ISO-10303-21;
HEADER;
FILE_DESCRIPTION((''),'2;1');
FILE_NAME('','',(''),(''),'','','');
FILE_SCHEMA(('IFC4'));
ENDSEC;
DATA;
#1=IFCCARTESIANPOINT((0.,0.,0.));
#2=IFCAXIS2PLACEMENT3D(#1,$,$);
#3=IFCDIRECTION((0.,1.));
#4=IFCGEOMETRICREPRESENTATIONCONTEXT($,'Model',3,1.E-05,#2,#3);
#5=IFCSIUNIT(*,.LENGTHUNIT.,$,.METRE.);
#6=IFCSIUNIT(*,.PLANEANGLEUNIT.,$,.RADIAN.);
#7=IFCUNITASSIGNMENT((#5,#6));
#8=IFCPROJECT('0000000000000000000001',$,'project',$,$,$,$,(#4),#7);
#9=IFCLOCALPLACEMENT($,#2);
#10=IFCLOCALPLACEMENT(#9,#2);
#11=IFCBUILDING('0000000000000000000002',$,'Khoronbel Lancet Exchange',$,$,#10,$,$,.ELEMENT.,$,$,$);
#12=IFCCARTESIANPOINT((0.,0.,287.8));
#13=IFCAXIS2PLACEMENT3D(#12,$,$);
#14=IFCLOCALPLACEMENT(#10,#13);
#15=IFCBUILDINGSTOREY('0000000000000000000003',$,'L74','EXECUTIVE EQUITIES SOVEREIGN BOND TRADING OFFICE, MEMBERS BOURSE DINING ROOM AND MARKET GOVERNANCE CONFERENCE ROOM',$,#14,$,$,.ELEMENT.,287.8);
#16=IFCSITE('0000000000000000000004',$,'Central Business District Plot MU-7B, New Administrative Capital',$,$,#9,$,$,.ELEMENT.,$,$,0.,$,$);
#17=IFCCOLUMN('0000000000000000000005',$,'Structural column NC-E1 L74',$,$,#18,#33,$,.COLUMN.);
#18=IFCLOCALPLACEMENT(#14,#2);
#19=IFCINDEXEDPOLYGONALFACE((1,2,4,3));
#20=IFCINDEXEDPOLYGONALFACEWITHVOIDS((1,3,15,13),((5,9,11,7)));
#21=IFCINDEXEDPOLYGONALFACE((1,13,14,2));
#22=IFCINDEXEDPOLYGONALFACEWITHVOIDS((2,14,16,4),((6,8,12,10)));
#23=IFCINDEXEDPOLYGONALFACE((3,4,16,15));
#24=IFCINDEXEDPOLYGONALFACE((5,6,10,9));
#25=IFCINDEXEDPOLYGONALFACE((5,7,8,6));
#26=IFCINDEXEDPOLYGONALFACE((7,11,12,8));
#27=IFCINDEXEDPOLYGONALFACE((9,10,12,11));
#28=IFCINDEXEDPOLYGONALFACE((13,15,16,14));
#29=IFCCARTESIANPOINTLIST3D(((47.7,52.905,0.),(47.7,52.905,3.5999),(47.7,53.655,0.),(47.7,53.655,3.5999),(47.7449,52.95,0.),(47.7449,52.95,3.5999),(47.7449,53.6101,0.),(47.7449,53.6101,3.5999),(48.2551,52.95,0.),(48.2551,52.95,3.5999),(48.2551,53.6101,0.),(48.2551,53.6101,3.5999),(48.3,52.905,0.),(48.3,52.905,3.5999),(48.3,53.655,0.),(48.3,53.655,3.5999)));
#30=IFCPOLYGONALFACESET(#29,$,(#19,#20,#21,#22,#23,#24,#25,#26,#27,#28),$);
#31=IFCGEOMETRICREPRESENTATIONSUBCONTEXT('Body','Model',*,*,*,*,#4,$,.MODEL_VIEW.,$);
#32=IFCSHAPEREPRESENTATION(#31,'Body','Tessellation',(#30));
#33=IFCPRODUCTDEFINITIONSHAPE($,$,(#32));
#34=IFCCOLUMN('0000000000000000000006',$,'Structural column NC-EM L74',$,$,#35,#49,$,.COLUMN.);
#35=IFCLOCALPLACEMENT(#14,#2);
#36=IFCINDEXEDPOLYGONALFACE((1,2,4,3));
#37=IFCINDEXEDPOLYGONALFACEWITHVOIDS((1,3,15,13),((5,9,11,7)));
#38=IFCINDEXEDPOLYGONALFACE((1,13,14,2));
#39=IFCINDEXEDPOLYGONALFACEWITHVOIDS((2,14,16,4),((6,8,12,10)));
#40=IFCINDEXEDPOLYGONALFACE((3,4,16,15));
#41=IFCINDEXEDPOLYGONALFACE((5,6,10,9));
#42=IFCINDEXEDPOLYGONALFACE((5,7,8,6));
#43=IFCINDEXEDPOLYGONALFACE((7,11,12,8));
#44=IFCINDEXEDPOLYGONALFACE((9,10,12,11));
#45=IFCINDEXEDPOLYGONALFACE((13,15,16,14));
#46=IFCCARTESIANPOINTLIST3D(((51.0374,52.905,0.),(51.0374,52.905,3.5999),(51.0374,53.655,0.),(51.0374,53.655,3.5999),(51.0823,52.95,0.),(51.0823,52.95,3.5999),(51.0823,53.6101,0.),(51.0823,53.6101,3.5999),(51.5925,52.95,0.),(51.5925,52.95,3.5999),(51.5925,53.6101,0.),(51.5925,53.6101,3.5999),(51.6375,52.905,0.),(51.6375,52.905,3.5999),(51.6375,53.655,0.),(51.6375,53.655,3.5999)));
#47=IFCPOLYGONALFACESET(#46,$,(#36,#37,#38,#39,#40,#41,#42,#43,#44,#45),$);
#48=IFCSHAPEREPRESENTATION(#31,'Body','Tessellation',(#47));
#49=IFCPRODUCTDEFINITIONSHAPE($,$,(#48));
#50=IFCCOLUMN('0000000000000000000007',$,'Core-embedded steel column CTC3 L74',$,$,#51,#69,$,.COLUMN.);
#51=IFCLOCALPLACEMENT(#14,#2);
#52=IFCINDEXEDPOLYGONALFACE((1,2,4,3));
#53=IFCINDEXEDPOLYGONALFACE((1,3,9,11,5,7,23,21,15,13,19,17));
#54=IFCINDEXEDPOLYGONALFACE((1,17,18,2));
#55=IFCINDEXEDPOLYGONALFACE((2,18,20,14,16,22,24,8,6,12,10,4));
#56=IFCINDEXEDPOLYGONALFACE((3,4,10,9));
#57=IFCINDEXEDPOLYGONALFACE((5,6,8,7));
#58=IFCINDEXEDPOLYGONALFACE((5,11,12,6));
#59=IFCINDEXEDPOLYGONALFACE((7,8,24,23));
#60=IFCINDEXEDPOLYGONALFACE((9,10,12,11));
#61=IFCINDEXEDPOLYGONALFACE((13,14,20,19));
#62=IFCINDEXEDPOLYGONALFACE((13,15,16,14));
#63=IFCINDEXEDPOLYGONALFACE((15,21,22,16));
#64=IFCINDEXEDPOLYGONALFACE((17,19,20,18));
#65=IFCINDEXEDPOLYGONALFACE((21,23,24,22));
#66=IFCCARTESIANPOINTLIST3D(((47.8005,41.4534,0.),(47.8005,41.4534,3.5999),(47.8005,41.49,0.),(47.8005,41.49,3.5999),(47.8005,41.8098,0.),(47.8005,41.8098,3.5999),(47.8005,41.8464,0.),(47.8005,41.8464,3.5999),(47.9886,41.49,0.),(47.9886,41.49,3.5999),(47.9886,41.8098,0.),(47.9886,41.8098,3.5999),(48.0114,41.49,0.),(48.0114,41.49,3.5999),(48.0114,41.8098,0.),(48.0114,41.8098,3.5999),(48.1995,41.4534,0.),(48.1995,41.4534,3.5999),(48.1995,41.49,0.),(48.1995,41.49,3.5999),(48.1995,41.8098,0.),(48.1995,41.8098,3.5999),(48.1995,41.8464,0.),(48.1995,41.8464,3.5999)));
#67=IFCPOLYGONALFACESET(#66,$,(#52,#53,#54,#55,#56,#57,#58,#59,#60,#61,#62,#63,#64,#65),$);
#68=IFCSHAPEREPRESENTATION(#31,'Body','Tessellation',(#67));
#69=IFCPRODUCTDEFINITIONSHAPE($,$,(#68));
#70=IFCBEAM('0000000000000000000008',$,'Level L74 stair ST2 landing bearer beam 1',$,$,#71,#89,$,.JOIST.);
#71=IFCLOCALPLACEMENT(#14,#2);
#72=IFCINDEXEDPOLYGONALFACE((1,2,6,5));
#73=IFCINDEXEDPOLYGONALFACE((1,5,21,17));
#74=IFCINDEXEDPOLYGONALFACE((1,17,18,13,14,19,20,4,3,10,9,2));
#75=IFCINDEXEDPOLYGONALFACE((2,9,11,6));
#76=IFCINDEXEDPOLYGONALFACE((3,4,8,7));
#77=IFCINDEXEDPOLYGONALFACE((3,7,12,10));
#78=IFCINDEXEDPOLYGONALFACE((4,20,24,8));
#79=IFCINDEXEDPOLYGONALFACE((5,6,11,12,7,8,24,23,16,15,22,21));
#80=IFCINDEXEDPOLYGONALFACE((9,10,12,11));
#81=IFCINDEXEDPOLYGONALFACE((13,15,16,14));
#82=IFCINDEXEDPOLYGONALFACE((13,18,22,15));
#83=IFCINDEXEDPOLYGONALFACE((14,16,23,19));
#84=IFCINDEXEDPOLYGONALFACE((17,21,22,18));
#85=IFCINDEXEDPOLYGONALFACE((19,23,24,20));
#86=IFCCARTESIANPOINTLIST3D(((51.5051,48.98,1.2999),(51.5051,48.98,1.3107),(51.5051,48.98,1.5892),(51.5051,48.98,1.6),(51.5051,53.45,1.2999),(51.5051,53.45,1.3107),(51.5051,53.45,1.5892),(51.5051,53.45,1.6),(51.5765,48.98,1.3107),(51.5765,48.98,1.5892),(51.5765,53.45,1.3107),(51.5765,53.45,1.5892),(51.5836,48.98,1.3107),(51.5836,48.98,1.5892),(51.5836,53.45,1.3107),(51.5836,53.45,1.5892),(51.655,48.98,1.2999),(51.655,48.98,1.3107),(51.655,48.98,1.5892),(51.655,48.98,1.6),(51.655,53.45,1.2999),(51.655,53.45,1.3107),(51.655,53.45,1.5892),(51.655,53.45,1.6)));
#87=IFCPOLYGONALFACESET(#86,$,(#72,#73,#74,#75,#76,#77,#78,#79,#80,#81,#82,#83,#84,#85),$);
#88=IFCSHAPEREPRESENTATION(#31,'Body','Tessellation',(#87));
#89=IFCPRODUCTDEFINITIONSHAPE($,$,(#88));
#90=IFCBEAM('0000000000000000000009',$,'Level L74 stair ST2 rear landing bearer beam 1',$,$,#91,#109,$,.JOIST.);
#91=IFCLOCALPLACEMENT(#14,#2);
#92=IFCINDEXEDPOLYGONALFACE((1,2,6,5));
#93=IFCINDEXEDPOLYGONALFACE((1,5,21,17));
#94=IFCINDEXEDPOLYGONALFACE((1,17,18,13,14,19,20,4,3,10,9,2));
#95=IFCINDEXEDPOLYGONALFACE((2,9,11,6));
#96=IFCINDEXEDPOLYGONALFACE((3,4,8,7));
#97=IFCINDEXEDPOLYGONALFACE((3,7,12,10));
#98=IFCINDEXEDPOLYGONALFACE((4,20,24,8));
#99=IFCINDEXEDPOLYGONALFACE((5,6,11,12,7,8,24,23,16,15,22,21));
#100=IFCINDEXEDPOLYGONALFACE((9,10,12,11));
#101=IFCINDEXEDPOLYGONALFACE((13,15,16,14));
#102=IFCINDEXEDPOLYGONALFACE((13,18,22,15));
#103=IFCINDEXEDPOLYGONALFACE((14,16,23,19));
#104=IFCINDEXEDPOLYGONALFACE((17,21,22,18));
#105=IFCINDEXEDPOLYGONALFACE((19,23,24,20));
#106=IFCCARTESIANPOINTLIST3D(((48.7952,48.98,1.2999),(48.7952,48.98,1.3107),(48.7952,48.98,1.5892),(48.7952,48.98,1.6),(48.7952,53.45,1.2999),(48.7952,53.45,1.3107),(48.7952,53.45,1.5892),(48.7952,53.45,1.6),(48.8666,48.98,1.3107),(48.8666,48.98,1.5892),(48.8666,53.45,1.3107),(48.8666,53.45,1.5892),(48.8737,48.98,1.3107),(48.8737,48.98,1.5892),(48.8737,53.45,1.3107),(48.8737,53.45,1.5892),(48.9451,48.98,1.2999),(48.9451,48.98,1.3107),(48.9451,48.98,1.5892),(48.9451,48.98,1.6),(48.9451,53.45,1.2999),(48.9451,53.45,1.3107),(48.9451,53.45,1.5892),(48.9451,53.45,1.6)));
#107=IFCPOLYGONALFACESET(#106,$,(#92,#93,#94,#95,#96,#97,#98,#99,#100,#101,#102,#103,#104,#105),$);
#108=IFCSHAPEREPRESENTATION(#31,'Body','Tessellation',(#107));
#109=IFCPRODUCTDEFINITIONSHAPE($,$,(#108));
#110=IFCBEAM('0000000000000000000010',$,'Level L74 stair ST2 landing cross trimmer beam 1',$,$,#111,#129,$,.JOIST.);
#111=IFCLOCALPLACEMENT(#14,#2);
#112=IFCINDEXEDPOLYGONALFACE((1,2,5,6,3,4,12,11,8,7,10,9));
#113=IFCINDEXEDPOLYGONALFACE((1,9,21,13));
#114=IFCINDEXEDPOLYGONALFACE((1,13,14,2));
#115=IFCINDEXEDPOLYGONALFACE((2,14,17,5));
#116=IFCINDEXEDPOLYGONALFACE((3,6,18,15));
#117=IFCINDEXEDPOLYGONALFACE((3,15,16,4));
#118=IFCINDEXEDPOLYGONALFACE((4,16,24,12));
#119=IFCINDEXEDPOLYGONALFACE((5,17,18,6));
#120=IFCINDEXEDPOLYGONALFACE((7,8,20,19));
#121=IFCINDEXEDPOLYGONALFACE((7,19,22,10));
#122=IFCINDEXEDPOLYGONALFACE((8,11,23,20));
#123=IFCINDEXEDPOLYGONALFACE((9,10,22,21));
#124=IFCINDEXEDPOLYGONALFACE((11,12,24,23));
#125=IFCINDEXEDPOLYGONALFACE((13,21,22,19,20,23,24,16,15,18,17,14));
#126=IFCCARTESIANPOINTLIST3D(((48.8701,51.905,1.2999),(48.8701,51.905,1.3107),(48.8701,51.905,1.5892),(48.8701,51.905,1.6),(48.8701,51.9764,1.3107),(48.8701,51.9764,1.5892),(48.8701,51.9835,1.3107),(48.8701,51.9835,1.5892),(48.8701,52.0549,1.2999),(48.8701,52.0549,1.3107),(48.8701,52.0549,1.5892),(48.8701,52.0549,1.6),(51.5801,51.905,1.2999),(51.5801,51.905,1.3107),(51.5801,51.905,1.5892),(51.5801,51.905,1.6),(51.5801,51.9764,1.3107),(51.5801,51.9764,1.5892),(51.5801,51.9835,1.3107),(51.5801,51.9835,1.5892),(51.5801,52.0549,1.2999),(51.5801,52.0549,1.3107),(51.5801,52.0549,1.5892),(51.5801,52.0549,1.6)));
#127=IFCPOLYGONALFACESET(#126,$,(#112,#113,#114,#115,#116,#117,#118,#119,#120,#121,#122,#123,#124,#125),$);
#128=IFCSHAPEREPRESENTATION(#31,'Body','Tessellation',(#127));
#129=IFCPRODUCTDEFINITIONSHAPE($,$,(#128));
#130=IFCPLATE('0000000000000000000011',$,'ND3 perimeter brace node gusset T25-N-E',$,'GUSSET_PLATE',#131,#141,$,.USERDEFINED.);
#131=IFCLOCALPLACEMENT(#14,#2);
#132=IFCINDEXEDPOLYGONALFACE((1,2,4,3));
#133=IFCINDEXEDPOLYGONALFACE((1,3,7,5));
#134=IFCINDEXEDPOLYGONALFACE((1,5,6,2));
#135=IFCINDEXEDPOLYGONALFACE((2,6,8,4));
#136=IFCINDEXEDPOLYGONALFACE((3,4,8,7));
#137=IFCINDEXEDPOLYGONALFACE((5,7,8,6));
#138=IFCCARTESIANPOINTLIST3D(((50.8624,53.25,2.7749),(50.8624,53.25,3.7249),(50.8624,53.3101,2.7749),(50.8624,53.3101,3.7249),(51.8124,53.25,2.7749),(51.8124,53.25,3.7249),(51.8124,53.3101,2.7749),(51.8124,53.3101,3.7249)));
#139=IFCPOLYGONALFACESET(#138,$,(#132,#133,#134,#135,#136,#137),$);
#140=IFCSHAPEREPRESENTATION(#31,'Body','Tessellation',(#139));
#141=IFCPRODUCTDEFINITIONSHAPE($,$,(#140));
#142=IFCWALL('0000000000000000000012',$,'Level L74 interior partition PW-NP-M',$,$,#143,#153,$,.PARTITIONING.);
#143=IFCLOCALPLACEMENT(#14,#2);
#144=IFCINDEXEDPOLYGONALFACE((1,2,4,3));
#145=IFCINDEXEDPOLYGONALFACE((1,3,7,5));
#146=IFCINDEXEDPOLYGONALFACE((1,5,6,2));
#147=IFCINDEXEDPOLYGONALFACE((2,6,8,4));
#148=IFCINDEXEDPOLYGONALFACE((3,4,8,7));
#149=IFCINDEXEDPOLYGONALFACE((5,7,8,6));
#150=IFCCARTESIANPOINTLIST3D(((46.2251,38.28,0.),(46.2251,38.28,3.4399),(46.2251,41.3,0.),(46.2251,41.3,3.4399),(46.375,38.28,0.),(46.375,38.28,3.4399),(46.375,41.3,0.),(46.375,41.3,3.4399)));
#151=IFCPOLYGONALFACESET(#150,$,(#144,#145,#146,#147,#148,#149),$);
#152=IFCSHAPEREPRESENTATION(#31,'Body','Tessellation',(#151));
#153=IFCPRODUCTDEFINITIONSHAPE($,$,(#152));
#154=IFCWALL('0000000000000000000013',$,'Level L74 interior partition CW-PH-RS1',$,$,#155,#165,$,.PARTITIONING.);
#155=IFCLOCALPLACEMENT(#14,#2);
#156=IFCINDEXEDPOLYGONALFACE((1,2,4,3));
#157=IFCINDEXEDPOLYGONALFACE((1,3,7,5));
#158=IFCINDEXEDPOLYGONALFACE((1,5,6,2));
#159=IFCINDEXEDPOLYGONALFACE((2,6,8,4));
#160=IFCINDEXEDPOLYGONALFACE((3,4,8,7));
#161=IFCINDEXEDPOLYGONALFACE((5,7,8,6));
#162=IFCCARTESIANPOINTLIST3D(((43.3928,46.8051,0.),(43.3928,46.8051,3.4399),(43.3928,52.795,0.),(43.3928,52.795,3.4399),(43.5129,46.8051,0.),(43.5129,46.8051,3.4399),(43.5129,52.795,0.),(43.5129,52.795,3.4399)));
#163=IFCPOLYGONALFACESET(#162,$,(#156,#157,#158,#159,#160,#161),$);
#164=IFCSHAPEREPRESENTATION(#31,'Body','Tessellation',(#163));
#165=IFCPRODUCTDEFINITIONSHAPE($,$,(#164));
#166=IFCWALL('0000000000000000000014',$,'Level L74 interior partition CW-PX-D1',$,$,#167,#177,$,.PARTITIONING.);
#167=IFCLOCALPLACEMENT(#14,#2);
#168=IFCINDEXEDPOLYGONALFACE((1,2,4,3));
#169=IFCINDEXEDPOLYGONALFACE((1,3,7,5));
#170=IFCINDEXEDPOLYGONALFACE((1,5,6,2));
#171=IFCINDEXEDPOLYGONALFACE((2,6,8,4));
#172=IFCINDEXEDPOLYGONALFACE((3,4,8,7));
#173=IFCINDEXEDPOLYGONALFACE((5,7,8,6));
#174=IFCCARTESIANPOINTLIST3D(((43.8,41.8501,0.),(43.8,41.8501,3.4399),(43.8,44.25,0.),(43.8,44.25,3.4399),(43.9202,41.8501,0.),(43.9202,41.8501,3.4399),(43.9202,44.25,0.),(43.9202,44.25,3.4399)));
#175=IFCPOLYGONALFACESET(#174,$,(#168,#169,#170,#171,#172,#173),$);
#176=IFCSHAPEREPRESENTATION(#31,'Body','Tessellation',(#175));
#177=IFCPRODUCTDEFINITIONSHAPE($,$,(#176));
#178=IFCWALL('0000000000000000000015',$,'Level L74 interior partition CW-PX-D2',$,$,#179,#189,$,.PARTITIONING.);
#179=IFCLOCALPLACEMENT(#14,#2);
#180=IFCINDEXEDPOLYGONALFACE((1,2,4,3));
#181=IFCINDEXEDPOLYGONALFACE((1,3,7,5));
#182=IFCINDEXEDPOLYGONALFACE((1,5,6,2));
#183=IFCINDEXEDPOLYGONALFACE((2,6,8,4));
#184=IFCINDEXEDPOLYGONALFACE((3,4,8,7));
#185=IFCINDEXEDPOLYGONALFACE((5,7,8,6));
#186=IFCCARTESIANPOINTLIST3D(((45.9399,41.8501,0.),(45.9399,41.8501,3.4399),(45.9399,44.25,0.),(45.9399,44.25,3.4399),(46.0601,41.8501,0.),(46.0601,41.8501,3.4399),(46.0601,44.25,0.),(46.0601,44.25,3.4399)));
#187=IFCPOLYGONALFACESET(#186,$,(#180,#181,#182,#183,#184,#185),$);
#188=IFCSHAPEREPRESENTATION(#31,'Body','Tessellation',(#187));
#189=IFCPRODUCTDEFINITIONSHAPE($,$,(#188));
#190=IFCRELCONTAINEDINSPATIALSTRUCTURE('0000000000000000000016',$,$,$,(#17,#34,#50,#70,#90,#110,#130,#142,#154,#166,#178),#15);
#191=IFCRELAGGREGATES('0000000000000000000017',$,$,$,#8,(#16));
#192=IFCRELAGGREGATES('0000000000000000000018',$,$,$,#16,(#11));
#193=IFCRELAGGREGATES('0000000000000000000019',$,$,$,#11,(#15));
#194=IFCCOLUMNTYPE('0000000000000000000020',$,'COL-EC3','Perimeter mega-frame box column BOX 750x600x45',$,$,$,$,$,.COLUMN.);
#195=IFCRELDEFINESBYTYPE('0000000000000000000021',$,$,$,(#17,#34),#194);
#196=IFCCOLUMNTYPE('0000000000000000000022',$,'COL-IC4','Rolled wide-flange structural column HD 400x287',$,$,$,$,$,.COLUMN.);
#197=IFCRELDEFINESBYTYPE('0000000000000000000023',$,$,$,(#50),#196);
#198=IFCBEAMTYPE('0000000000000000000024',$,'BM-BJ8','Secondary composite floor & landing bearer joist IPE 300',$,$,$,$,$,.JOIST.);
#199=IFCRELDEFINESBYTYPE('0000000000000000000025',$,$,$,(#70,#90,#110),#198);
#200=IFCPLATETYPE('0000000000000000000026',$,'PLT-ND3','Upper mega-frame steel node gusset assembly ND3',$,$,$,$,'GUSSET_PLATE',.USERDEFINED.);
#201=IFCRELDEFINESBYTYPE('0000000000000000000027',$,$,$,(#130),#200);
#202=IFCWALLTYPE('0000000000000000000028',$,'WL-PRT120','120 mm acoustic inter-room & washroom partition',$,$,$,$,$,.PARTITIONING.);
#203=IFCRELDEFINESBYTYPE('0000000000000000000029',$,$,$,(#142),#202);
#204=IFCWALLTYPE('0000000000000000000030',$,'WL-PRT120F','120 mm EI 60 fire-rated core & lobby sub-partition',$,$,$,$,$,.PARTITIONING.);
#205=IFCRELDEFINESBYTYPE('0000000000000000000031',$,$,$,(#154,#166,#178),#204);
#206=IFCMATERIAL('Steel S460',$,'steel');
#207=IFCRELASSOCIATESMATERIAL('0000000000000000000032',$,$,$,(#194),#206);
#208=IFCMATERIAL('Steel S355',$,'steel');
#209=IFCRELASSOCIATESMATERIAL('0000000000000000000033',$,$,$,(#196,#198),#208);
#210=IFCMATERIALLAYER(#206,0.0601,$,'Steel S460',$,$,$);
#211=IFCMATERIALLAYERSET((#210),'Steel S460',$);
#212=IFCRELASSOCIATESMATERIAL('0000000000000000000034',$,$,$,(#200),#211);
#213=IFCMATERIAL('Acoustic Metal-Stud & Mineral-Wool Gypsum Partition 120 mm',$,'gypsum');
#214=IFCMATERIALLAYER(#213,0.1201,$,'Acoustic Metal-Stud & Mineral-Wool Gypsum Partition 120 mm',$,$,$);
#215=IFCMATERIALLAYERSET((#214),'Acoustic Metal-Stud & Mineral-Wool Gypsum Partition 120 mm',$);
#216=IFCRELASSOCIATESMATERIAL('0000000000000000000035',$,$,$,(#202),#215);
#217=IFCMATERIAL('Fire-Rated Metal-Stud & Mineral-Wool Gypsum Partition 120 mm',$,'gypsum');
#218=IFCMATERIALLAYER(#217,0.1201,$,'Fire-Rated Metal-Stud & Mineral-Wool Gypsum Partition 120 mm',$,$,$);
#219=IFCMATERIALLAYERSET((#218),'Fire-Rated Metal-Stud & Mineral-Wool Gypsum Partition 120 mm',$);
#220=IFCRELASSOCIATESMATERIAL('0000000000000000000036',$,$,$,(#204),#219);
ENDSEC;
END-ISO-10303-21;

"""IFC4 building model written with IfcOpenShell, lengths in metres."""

from ifc_helpers import new_model, si_unit, direction, frame, frame_2d, origin, origin_2d, place, context, subcontext, project, spatial, rectangle, hollow_rectangle, i_section, extrude, material, layer, layer_set, material_profile, profile_set, type_object, element, save


model = new_model("IFC4")

# Units and contexts
model_context = context("Model", 3, precision=1e-05, world=origin(), true_north=direction((0.0, 1.0)))
body_context = subcontext(model_context, "Body", "Model", "MODEL_VIEW")
ifc_project = project(units=[si_unit("LENGTHUNIT", "METRE"), si_unit("PLANEANGLEUNIT", "RADIAN")], contexts=[model_context])

# Site, building, storey
site_placement = place(None, origin())
site = spatial("IfcSite", under=ifc_project, at=site_placement, Name="Central Business District Plot MU-7B, New Administrative Capital", CompositionType="ELEMENT", RefElevation=0.0)
building_placement = place(site_placement, origin())
building = spatial("IfcBuilding", under=site, at=building_placement, Name="Khoronbel Lancet Exchange", CompositionType="ELEMENT")
storey_placement = place(building_placement, frame((0.0, 0.0, 287.8)))
storey = spatial("IfcBuildingStorey", under=building, at=storey_placement, Name="L74", Description="EXECUTIVE EQUITIES SOVEREIGN BOND TRADING OFFICE, MEMBERS BOURSE DINING ROOM AND MARKET GOVERNANCE CONFERENCE ROOM", CompositionType="ELEMENT", Elevation=287.8)

# Columns
ifc_material_1 = material(Name="Steel S460", Category="steel")
ifc_material_profile_1 = material_profile(ifc_material_1, hollow_rectangle(XDim=0.6001, YDim=0.75, WallThickness=0.0449, at=origin_2d()), Name="BOX 750x600x45")
ifc_profile_set_1 = profile_set([ifc_material_profile_1], Name="Steel S460")
column_type_1 = type_object("IfcColumnType", Name="COL-EC3", Description="Perimeter mega-frame box column BOX 750x600x45", PredefinedType="COLUMN", material=ifc_profile_set_1)
for number, where, z_axis, x_axis, name in (
    (1, (48.0, 53.28, 0.0), (0.0, 0.0, 1.0), (1.0, 0.0, 0.0), "Structural column NC-E1 L74"),
    (2, (51.3374, 53.28, 0.0), (0.0, 0.0, 1.0), (1.0, 0.0, 0.0), "Structural column NC-EM L74"),
):
    element("IfcColumn", number, at=place(storey_placement, frame(where, z_axis=z_axis, x_axis=x_axis)), inside=storey, type_object=column_type_1, Name=name, PredefinedType="COLUMN", context=body_context, shape_type="SweptSolid", body=[
        extrude(hollow_rectangle(XDim=0.6001, YDim=0.75, WallThickness=0.0449, at=origin_2d()), origin(), (0.0, 0.0, 1.0), 3.5999),
    ])
ifc_material_2 = material(Name="Steel S355", Category="steel")
ifc_material_profile_2 = material_profile(ifc_material_2, i_section(OverallWidth=0.3989, OverallDepth=0.3931, WebThickness=0.0227, FlangeThickness=0.0366, at=origin_2d()), Name="HD 400x287")
ifc_profile_set_2 = profile_set([ifc_material_profile_2], Name="Steel S355")
column_type_2 = type_object("IfcColumnType", Name="COL-IC4", Description="Rolled wide-flange structural column HD 400x287", PredefinedType="COLUMN", material=ifc_profile_set_2)
column_placement = place(storey_placement, frame((48.0, 41.6499, 0.0), z_axis=(0.0, 0.0, 1.0), x_axis=(1.0, 0.0, 0.0)))
element("IfcColumn", 3, at=column_placement, inside=storey, type_object=column_type_2, Name="Core-embedded steel column CTC3 L74", PredefinedType="COLUMN", context=body_context, shape_type="SweptSolid", body=[
    extrude(i_section(OverallWidth=0.3989, OverallDepth=0.3931, WebThickness=0.0227, FlangeThickness=0.0366, at=origin_2d()), origin(), (0.0, 0.0, 1.0), 3.5999),
])

# Beams
ifc_material_profile_3 = material_profile(ifc_material_2, i_section(OverallWidth=0.1499, OverallDepth=0.3, WebThickness=0.0071, FlangeThickness=0.0107, at=origin_2d()), Name="IPE 300")
ifc_profile_set_3 = profile_set([ifc_material_profile_3], Name="Steel S355")
beam_type = type_object("IfcBeamType", Name="BM-BJ8", Description="Secondary composite floor & landing bearer joist IPE 300", PredefinedType="JOIST", material=ifc_profile_set_3)
for number, where, z_axis, x_axis, name in (
    (4, (51.5801, 48.98, 1.45), (0.0, 1.0, 0.0), (-1.0, 0.0, 0.0), "Level L74 stair ST2 landing bearer beam 1"),
    (5, (48.8701, 48.98, 1.45), (0.0, 1.0, 0.0), (-1.0, 0.0, 0.0), "Level L74 stair ST2 rear landing bearer beam 1"),
):
    element("IfcBeam", number, at=place(storey_placement, frame(where, z_axis=z_axis, x_axis=x_axis)), inside=storey, type_object=beam_type, Name=name, PredefinedType="JOIST", context=body_context, shape_type="SweptSolid", body=[
        extrude(i_section(OverallWidth=0.1499, OverallDepth=0.3, WebThickness=0.0071, FlangeThickness=0.0107, at=origin_2d()), origin(), (0.0, 0.0, 1.0), 4.47),
    ])
beam_placement = place(storey_placement, frame((48.8701, 51.98, 1.45), z_axis=(1.0, 0.0, 0.0), x_axis=(0.0, 1.0, 0.0)))
element("IfcBeam", 6, at=beam_placement, inside=storey, type_object=beam_type, Name="Level L74 stair ST2 landing cross trimmer beam 1", PredefinedType="JOIST", context=body_context, shape_type="SweptSolid", body=[
    extrude(i_section(OverallWidth=0.1499, OverallDepth=0.3, WebThickness=0.0071, FlangeThickness=0.0107, at=origin_2d()), origin(), (0.0, 0.0, 1.0), 2.71),
])

# Plate
ifc_layer_1 = layer(ifc_material_1, 0.0601, Name="Steel S460")
ifc_layer_set_1 = layer_set([ifc_layer_1], Name="Steel S460")
plate_type = type_object("IfcPlateType", Name="PLT-ND3", Description="Upper mega-frame steel node gusset assembly ND3", ElementType="GUSSET_PLATE", PredefinedType="USERDEFINED", material=ifc_layer_set_1)
plate_placement = place(storey_placement, frame((51.3374, 53.28, 2.7749), z_axis=(0.0, 0.0, 1.0), x_axis=(1.0, 0.0, 0.0)))
element("IfcPlate", 7, at=plate_placement, inside=storey, type_object=plate_type, Name="ND3 perimeter brace node gusset T25-N-E", ObjectType="GUSSET_PLATE", PredefinedType="USERDEFINED", context=body_context, shape_type="SweptSolid", body=[
    extrude(rectangle(XDim=0.95, YDim=0.0601, at=origin_2d()), origin(), (0.0, 0.0, 1.0), 0.95),
])

# Walls
ifc_material_3 = material(Name="Acoustic Metal-Stud & Mineral-Wool Gypsum Partition 120 mm", Category="gypsum")
ifc_layer_2 = layer(ifc_material_3, 0.1201, Name="Acoustic Metal-Stud & Mineral-Wool Gypsum Partition 120 mm")
ifc_layer_set_2 = layer_set([ifc_layer_2], Name="Acoustic Metal-Stud & Mineral-Wool Gypsum Partition 120 mm")
wall_type_1 = type_object("IfcWallType", Name="WL-PRT120", Description="120 mm acoustic inter-room & washroom partition", PredefinedType="PARTITIONING", material=ifc_layer_set_2)
wall_1_placement = place(storey_placement, frame((46.3, 38.28, 0.0), z_axis=(0.0, 0.0, 1.0), x_axis=(0.0, 1.0, 0.0)))
element("IfcWall", 8, at=wall_1_placement, inside=storey, type_object=wall_type_1, Name="Level L74 interior partition PW-NP-M", PredefinedType="PARTITIONING", context=body_context, shape_type="SweptSolid", body=[
    extrude(rectangle(XDim=3.02, YDim=0.1499, at=frame_2d((1.51, 0.0))), origin(), (0.0, 0.0, 1.0), 3.4399),
])
ifc_material_4 = material(Name="Fire-Rated Metal-Stud & Mineral-Wool Gypsum Partition 120 mm", Category="gypsum")
ifc_layer_3 = layer(ifc_material_4, 0.1201, Name="Fire-Rated Metal-Stud & Mineral-Wool Gypsum Partition 120 mm")
ifc_layer_set_3 = layer_set([ifc_layer_3], Name="Fire-Rated Metal-Stud & Mineral-Wool Gypsum Partition 120 mm")
wall_type_2 = type_object("IfcWallType", Name="WL-PRT120F", Description="120 mm EI 60 fire-rated core & lobby sub-partition", PredefinedType="PARTITIONING", material=ifc_layer_set_3)
wall_2_placement = place(storey_placement, frame((43.4529, 46.8049, 0.0), z_axis=(0.0, 0.0, 1.0), x_axis=(0.0, 1.0, 0.0)))
element("IfcWall", 9, at=wall_2_placement, inside=storey, type_object=wall_type_2, Name="Level L74 interior partition CW-PH-RS1", PredefinedType="PARTITIONING", context=body_context, shape_type="SweptSolid", body=[
    extrude(rectangle(XDim=5.99, YDim=0.1201, at=frame_2d((2.9951, 0.0))), origin(), (0.0, 0.0, 1.0), 3.4399),
])
for number, where, z_axis, x_axis, name in (
    (10, (43.8601, 41.8501, 0.0), (0.0, 0.0, 1.0), (0.0, 1.0, 0.0), "Level L74 interior partition CW-PX-D1"),
    (11, (46.0, 41.8501, 0.0), (0.0, 0.0, 1.0), (0.0, 1.0, 0.0), "Level L74 interior partition CW-PX-D2"),
):
    element("IfcWall", number, at=place(storey_placement, frame(where, z_axis=z_axis, x_axis=x_axis)), inside=storey, type_object=wall_type_2, Name=name, PredefinedType="PARTITIONING", context=body_context, shape_type="SweptSolid", body=[
        extrude(rectangle(XDim=2.3999, YDim=0.1201, at=frame_2d((1.2, 0.0))), origin(), (0.0, 0.0, 1.0), 3.4399),
    ])

save(model, "model.ifc")
